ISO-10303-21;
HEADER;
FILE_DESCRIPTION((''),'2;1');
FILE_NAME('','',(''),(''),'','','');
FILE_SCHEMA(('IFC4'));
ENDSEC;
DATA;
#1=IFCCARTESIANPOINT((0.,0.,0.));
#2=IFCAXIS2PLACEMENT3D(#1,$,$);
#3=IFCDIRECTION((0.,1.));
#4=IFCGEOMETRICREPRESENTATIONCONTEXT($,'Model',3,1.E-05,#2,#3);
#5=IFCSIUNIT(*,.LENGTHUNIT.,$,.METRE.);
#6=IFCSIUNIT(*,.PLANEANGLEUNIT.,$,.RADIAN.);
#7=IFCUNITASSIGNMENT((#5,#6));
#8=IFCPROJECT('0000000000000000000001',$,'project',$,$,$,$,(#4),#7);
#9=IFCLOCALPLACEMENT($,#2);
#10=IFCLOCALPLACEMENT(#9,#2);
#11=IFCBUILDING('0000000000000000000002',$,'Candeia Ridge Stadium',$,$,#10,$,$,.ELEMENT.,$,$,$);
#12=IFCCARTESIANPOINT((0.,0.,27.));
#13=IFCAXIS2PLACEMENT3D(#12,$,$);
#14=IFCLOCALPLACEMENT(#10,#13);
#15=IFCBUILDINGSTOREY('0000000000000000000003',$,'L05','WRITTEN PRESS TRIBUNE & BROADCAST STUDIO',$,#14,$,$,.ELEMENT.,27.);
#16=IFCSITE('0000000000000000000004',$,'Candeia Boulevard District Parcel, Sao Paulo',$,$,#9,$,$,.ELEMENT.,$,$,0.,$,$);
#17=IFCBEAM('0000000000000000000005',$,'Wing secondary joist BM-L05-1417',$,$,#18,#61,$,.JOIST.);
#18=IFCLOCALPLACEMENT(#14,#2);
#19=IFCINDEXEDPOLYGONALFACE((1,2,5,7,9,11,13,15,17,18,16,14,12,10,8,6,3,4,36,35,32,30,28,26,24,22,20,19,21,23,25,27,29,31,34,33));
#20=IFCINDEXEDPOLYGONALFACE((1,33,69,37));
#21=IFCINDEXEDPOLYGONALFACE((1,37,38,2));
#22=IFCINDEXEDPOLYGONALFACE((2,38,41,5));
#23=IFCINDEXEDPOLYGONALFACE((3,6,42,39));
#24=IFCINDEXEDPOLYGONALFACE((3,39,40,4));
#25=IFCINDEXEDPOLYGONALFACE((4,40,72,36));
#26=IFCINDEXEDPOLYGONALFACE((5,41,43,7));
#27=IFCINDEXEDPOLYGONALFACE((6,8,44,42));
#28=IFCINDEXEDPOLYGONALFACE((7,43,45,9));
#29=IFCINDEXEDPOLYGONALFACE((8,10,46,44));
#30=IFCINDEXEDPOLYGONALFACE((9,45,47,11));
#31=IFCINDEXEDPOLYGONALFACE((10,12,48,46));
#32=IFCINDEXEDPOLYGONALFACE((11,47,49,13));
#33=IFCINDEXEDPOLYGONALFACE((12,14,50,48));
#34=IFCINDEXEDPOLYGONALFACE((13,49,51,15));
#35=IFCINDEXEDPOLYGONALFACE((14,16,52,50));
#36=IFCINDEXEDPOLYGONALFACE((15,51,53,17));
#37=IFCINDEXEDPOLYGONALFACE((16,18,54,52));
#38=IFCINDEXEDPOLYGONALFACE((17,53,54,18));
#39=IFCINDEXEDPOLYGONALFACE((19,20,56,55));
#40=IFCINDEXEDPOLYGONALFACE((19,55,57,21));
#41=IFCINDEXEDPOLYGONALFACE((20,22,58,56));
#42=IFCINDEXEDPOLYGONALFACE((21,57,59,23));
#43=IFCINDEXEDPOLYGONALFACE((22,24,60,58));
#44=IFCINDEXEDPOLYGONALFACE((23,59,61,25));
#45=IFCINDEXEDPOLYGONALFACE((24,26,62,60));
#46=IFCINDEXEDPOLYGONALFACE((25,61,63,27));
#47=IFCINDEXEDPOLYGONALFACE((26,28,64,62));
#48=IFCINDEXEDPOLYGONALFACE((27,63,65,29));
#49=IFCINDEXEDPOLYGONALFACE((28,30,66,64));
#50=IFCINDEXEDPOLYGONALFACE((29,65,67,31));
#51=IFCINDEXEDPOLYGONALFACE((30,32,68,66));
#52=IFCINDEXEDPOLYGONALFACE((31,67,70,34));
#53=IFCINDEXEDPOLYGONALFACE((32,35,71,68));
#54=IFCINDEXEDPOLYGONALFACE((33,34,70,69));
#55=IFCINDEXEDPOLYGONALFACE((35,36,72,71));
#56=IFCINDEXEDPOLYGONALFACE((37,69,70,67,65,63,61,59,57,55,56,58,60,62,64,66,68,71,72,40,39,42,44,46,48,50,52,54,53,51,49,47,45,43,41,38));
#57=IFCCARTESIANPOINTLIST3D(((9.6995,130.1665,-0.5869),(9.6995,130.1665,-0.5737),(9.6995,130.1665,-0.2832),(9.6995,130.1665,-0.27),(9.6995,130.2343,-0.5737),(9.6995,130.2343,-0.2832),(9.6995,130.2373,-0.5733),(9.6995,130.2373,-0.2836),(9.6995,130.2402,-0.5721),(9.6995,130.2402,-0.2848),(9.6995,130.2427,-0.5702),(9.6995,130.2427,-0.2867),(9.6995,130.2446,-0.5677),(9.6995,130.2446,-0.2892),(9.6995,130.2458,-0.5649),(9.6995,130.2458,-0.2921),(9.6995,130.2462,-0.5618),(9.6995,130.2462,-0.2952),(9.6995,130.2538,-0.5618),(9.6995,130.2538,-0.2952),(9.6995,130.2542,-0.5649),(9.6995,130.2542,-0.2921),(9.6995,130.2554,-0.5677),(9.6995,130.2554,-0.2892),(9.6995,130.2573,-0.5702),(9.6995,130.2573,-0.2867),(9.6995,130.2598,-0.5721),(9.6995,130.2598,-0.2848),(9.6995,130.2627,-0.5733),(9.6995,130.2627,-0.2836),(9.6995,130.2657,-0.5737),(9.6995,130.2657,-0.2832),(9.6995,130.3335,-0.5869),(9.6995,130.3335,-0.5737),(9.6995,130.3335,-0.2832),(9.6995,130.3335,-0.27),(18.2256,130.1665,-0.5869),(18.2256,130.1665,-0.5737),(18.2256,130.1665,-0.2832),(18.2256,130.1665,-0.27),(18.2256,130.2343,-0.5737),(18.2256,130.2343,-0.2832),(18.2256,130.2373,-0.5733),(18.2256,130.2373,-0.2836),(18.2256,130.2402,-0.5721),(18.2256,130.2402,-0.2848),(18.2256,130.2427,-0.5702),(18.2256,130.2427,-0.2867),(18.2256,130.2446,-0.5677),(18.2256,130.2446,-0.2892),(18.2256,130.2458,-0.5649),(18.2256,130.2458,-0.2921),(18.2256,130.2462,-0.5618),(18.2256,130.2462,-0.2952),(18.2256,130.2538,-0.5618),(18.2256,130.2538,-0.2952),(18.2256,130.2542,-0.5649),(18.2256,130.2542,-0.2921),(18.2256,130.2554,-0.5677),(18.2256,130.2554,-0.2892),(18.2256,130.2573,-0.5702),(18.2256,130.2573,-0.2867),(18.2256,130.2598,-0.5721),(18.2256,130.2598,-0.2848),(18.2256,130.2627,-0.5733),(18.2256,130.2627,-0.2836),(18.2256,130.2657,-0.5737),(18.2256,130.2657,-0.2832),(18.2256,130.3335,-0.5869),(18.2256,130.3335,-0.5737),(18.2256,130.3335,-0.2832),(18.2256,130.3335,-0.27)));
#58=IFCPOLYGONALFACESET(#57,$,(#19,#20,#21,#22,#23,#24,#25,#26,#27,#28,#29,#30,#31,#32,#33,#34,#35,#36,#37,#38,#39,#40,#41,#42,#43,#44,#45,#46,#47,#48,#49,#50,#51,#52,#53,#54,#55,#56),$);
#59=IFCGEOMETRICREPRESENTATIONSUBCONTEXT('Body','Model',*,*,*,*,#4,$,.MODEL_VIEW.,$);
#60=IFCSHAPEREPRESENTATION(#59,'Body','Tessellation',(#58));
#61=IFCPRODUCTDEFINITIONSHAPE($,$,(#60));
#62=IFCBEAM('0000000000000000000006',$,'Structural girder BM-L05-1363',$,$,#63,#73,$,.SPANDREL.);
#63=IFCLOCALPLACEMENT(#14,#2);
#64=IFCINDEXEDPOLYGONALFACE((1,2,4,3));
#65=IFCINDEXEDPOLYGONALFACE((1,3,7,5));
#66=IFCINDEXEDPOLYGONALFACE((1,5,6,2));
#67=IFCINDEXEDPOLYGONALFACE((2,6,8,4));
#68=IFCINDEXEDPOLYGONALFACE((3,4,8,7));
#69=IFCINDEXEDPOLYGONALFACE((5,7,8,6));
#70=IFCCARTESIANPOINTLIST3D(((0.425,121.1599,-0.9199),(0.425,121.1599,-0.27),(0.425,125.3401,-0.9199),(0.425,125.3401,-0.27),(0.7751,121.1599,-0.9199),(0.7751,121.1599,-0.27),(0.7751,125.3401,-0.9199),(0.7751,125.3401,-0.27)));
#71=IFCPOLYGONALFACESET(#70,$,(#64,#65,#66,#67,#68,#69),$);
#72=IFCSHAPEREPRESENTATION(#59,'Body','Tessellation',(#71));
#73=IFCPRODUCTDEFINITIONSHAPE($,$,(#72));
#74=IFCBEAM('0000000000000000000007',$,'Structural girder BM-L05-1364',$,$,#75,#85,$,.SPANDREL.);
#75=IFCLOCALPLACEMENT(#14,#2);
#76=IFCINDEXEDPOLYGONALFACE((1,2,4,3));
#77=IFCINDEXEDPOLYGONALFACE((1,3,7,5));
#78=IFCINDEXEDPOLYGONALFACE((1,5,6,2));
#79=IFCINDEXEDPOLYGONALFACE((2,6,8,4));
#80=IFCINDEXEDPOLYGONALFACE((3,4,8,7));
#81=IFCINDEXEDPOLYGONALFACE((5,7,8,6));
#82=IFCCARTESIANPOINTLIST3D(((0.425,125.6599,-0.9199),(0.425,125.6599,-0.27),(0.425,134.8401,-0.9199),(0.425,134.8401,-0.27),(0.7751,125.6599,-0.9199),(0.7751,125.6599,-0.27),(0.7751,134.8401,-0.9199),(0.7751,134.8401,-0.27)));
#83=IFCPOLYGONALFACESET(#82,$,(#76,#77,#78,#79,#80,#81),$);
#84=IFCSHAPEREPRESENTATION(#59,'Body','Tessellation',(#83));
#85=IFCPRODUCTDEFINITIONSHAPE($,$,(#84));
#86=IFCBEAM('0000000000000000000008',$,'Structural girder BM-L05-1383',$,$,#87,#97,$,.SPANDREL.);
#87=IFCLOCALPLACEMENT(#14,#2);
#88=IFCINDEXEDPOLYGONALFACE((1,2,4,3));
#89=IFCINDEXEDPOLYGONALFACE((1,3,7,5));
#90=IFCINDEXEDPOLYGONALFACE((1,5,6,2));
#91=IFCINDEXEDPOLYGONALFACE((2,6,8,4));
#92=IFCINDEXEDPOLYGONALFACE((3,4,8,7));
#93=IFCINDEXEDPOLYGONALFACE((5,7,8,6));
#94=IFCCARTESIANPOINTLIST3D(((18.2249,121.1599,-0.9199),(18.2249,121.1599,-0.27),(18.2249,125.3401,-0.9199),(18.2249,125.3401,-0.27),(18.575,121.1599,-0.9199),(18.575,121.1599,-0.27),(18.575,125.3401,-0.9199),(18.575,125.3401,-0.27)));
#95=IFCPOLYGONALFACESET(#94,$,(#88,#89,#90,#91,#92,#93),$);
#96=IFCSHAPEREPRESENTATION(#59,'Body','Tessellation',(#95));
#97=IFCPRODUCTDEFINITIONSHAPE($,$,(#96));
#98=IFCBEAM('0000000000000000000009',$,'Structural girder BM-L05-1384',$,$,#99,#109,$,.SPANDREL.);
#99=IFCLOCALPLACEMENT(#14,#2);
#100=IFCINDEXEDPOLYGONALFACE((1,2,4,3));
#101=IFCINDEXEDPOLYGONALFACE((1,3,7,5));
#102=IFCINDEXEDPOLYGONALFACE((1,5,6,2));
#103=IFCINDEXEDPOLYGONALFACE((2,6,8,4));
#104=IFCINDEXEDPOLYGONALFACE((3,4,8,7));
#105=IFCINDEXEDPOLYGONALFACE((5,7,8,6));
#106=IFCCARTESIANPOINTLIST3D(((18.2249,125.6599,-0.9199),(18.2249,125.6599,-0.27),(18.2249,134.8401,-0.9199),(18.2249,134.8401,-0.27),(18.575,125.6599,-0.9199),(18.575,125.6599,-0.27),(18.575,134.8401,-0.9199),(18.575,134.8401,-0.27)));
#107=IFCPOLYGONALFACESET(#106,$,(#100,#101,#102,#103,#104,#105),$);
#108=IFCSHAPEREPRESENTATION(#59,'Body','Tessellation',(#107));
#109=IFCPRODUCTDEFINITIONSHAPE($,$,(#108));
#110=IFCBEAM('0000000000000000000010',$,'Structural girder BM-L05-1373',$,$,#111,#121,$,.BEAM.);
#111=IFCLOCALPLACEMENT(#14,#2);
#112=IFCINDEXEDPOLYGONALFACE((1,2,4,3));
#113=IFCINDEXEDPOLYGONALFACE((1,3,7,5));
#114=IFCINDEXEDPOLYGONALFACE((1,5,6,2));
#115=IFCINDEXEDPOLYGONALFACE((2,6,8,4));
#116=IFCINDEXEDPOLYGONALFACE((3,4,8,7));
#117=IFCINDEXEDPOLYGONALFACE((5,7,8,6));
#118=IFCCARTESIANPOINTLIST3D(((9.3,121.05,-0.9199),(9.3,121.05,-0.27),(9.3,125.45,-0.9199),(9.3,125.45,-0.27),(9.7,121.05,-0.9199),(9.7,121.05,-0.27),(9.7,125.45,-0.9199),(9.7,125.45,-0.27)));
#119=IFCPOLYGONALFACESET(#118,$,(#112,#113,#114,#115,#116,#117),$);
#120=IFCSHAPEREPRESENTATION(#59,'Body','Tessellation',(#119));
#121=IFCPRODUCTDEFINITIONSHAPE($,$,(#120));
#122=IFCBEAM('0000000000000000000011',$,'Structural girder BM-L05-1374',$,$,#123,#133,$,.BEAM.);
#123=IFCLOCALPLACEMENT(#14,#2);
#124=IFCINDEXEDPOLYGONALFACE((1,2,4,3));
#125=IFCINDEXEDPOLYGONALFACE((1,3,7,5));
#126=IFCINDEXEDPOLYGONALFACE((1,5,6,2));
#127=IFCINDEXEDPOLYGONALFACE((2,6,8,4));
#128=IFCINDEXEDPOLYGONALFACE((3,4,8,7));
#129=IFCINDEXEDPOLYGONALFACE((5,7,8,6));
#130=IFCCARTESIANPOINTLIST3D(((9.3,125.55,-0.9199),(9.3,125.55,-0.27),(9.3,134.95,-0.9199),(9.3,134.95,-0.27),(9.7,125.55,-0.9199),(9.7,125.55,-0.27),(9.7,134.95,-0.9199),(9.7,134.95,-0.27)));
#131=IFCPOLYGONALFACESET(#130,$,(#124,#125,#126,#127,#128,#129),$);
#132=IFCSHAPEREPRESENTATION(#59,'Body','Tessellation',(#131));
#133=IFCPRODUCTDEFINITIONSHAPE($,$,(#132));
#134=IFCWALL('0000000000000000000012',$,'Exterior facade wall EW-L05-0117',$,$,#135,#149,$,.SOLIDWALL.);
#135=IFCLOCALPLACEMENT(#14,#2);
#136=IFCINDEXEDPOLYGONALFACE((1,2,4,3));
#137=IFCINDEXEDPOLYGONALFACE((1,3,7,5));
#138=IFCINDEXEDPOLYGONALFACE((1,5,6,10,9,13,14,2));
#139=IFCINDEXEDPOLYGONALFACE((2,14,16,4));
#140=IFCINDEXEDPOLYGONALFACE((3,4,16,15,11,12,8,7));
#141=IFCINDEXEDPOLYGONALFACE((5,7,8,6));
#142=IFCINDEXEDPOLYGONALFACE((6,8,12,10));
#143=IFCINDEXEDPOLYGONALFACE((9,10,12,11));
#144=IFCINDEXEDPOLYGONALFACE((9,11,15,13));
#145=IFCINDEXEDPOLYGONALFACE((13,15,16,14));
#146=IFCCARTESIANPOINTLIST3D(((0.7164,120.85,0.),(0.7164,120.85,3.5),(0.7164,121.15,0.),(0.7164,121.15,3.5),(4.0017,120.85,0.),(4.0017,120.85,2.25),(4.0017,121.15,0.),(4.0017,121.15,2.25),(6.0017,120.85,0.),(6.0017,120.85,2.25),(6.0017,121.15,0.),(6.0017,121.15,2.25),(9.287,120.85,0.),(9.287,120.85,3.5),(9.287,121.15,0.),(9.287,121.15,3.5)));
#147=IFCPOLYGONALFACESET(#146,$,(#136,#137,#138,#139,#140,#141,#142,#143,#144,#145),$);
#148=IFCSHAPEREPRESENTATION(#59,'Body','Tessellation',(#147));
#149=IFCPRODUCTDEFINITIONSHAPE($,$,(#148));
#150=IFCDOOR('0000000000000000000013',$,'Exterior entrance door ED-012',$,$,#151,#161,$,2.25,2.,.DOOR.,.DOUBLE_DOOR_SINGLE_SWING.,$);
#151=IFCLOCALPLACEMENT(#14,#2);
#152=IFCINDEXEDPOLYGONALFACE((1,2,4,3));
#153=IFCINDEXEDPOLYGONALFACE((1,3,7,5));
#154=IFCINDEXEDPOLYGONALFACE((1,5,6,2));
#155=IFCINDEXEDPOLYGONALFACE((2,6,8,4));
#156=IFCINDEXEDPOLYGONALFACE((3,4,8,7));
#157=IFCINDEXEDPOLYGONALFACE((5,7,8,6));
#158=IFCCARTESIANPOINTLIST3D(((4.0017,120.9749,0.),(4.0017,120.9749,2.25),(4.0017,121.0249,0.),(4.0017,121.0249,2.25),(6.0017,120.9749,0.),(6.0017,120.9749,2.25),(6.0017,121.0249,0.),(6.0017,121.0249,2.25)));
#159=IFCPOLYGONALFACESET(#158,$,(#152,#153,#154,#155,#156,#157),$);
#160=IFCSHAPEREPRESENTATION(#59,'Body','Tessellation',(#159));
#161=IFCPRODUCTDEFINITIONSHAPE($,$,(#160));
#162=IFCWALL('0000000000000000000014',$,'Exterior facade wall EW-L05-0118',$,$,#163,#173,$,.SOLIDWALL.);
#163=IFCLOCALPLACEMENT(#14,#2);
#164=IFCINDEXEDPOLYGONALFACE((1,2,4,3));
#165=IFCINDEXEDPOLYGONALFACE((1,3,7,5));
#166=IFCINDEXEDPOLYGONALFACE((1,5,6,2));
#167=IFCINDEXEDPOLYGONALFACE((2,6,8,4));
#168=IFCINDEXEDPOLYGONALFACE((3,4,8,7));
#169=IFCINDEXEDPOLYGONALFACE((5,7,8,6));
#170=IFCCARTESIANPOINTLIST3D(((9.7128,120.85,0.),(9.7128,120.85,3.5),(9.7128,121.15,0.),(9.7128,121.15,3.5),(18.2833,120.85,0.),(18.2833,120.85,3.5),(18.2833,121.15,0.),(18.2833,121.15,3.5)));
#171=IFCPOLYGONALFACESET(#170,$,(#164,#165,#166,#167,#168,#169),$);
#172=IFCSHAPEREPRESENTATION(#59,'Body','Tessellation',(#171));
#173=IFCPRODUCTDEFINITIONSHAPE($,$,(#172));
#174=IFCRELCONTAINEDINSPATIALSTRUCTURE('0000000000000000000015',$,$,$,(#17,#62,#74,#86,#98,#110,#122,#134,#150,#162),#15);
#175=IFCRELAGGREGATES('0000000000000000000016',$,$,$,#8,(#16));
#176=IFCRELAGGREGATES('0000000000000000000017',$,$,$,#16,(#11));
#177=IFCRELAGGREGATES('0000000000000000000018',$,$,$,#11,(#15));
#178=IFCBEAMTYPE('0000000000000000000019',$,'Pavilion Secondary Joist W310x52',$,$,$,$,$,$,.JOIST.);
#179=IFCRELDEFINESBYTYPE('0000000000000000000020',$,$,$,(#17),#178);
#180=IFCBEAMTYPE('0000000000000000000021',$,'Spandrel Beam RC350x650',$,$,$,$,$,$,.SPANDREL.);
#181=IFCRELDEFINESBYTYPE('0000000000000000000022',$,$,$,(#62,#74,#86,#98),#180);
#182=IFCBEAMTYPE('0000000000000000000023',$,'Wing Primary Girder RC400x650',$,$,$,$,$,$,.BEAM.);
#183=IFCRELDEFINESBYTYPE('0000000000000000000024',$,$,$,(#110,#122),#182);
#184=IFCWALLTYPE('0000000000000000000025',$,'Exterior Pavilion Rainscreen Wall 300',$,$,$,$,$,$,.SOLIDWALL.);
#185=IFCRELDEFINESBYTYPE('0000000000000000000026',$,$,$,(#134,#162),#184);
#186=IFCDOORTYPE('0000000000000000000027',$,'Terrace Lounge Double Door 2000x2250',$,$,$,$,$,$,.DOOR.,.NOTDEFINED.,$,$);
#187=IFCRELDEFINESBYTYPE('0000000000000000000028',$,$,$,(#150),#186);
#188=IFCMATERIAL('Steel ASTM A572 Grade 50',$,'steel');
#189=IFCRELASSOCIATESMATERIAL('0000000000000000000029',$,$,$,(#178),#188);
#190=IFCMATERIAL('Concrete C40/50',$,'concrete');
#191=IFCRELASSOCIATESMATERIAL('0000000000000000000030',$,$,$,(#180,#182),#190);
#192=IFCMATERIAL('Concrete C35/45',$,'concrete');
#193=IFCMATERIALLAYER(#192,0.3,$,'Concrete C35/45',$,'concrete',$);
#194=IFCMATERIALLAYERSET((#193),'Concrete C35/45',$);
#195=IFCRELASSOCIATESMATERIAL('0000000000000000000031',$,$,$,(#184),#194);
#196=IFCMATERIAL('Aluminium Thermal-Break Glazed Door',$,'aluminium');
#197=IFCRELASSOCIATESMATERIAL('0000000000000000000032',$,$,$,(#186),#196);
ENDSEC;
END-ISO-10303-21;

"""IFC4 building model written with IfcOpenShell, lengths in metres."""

from ifc_helpers import new_model, si_unit, direction, frame, frame_2d, origin, origin_2d, place, context, subcontext, project, spatial, rectangle, i_section, extrude, material, layer, layer_set, material_profile, profile_set, type_object, element, fill, save


model = new_model("IFC4")

# Units and contexts
model_context = context("Model", 3, precision=1e-05, world=origin(), true_north=direction((0.0, 1.0)))
body_context = subcontext(model_context, "Body", "Model", "MODEL_VIEW")
ifc_project = project(units=[si_unit("LENGTHUNIT", "METRE"), si_unit("PLANEANGLEUNIT", "RADIAN")], contexts=[model_context])

# Site, building, storey
site_placement = place(None, origin())
site = spatial("IfcSite", under=ifc_project, at=site_placement, Name="Candeia Boulevard District Parcel, Sao Paulo", CompositionType="ELEMENT", RefElevation=0.0)
building_placement = place(site_placement, origin())
building = spatial("IfcBuilding", under=site, at=building_placement, Name="Candeia Ridge Stadium", CompositionType="ELEMENT")
storey_placement = place(building_placement, frame((0.0, 0.0, 27.0)))
storey = spatial("IfcBuildingStorey", under=building, at=storey_placement, Name="L05", Description="WRITTEN PRESS TRIBUNE & BROADCAST STUDIO", CompositionType="ELEMENT", Elevation=27.0)

# Shared definitions
ifc_material_1 = material(Name="Steel ASTM A572 Grade 50", Category="steel")
ifc_material_2 = material(Name="Concrete C40/50", Category="concrete")

# Beams
ifc_material_profile_1 = material_profile(ifc_material_1, i_section(OverallWidth=0.167, OverallDepth=0.3169, WebThickness=0.0076, FlangeThickness=0.0132, FilletRadius=0.012, at=origin_2d()), Name="W310x52", Category="steel")
ifc_profile_set_1 = profile_set([ifc_material_profile_1], Name="Steel ASTM A572 Grade 50")
beam_type_1 = type_object("IfcBeamType", Name="Pavilion Secondary Joist W310x52", PredefinedType="JOIST", material=ifc_profile_set_1)
for number, where, z_axis, x_axis, name in (
    (1, (9.6995, 130.25, -0.4285), (1.0, 0.0, 0.0), (0.0, 1.0, 0.0), "Wing secondary joist BM-L05-1417"),
):
    element("IfcBeam", number, at=place(storey_placement, frame(where, z_axis=z_axis, x_axis=x_axis)), inside=storey, type_object=beam_type_1, Name=name, PredefinedType="JOIST", context=body_context, shape_type="SweptSolid", body=[
        extrude(i_section(OverallWidth=0.167, OverallDepth=0.3169, WebThickness=0.0076, FlangeThickness=0.0132, FilletRadius=0.012, at=origin_2d()), origin(), (0.0, 0.0, 1.0), 8.5261),
    ])
ifc_material_profile_2 = material_profile(ifc_material_2, rectangle(XDim=0.3501, YDim=0.6499, at=origin_2d()), Name="RC350x650", Category="concrete")
ifc_profile_set_2 = profile_set([ifc_material_profile_2], Name="Concrete C40/50")
beam_type_2 = type_object("IfcBeamType", Name="Spandrel Beam RC350x650", PredefinedType="SPANDREL", material=ifc_profile_set_2)
beam_1_placement = place(storey_placement, frame((0.6001, 121.1599, -0.595), z_axis=(0.0, 1.0, 0.0), x_axis=(-1.0, 0.0, 0.0)))
element("IfcBeam", 2, at=beam_1_placement, inside=storey, type_object=beam_type_2, Name="Structural girder BM-L05-1363", PredefinedType="SPANDREL", context=body_context, shape_type="SweptSolid", body=[
    extrude(rectangle(XDim=0.3501, YDim=0.6499, at=origin_2d()), origin(), (0.0, 0.0, 1.0), 4.1802),
])
beam_2_placement = place(storey_placement, frame((0.6001, 125.6599, -0.595), z_axis=(0.0, 1.0, 0.0), x_axis=(-1.0, 0.0, 0.0)))
element("IfcBeam", 3, at=beam_2_placement, inside=storey, type_object=beam_type_2, Name="Structural girder BM-L05-1364", PredefinedType="SPANDREL", context=body_context, shape_type="SweptSolid", body=[
    extrude(rectangle(XDim=0.3501, YDim=0.6499, at=origin_2d()), origin(), (0.0, 0.0, 1.0), 9.1802),
])
beam_3_placement = place(storey_placement, frame((18.3999, 121.1599, -0.595), z_axis=(0.0, 1.0, 0.0), x_axis=(-1.0, 0.0, 0.0)))
element("IfcBeam", 4, at=beam_3_placement, inside=storey, type_object=beam_type_2, Name="Structural girder BM-L05-1383", PredefinedType="SPANDREL", context=body_context, shape_type="SweptSolid", body=[
    extrude(rectangle(XDim=0.3501, YDim=0.6499, at=origin_2d()), origin(), (0.0, 0.0, 1.0), 4.1802),
])
beam_4_placement = place(storey_placement, frame((18.3999, 125.6599, -0.595), z_axis=(0.0, 1.0, 0.0), x_axis=(-1.0, 0.0, 0.0)))
element("IfcBeam", 5, at=beam_4_placement, inside=storey, type_object=beam_type_2, Name="Structural girder BM-L05-1384", PredefinedType="SPANDREL", context=body_context, shape_type="SweptSolid", body=[
    extrude(rectangle(XDim=0.3501, YDim=0.6499, at=origin_2d()), origin(), (0.0, 0.0, 1.0), 9.1802),
])
ifc_material_profile_3 = material_profile(ifc_material_2, rectangle(XDim=0.3999, YDim=0.6499, at=origin_2d()), Name="RC400x650", Category="concrete")
ifc_profile_set_3 = profile_set([ifc_material_profile_3], Name="Concrete C40/50")
beam_type_3 = type_object("IfcBeamType", Name="Wing Primary Girder RC400x650", PredefinedType="BEAM", material=ifc_profile_set_3)
beam_5_placement = place(storey_placement, frame((9.5, 121.05, -0.595), z_axis=(0.0, 1.0, 0.0), x_axis=(-1.0, 0.0, 0.0)))
element("IfcBeam", 6, at=beam_5_placement, inside=storey, type_object=beam_type_3, Name="Structural girder BM-L05-1373", PredefinedType="BEAM", context=body_context, shape_type="SweptSolid", body=[
    extrude(rectangle(XDim=0.3999, YDim=0.6499, at=origin_2d()), origin(), (0.0, 0.0, 1.0), 4.3999),
])
beam_6_placement = place(storey_placement, frame((9.5, 125.55, -0.595), z_axis=(0.0, 1.0, 0.0), x_axis=(-1.0, 0.0, 0.0)))
element("IfcBeam", 7, at=beam_6_placement, inside=storey, type_object=beam_type_3, Name="Structural girder BM-L05-1374", PredefinedType="BEAM", context=body_context, shape_type="SweptSolid", body=[
    extrude(rectangle(XDim=0.3999, YDim=0.6499, at=origin_2d()), origin(), (0.0, 0.0, 1.0), 9.3999),
])

# Wall, opening, door
ifc_material_3 = material(Name="Concrete C35/45", Category="concrete")
ifc_layer_1 = layer(ifc_material_3, 0.3, Name="Concrete C35/45", Category="concrete")
ifc_layer_set_1 = layer_set([ifc_layer_1], Name="Concrete C35/45")
wall_type_1 = type_object("IfcWallType", Name="Exterior Pavilion Rainscreen Wall 300", PredefinedType="SOLIDWALL", material=ifc_layer_set_1)
wall_1_placement = place(storey_placement, frame((0.7166, 121.0, 0.0), z_axis=(0.0, 0.0, 1.0), x_axis=(1.0, 0.0, 0.0)))
wall_1 = element("IfcWall", 8, at=wall_1_placement, inside=storey, type_object=wall_type_1, Name="Exterior facade wall EW-L05-0117", PredefinedType="SOLIDWALL", context=body_context, shape_type="SweptSolid", body=[
    extrude(rectangle(XDim=8.5706, YDim=0.3, at=frame_2d((4.2852, 0.0))), origin(), (0.0, 0.0, 1.0), 3.5),
])
opening_1_placement = place(wall_1_placement, frame((3.2852, 0.0, 0.0)))
opening_1 = element("IfcOpeningElement", 9, at=opening_1_placement, cuts=wall_1, PredefinedType="OPENING", context=body_context, shape_type="SweptSolid", body=[
    extrude(rectangle(XDim=2.0, YDim=2.25, at=frame_2d((1.0, 1.125))), frame((0.0, 0.1599, 0.0), z_axis=(0.0, -1.0, 0.0), x_axis=(1.0, 0.0, 0.0)), (0.0, 0.0, 1.0), 0.3201),
])
ifc_material_4 = material(Name="Aluminium Thermal-Break Glazed Door", Category="aluminium")
door_type_1 = type_object("IfcDoorType", Name="Terrace Lounge Double Door 2000x2250", OperationType="NOTDEFINED", PredefinedType="DOOR", material=ifc_material_4)
door_1_placement = place(opening_1_placement, origin())
door_1 = element("IfcDoor", 10, at=door_1_placement, inside=storey, type_object=door_type_1, Name="Exterior entrance door ED-012", OperationType="DOUBLE_DOOR_SINGLE_SWING", OverallHeight=2.25, OverallWidth=2.0, PredefinedType="DOOR", context=body_context, shape_type="SweptSolid", body=[
    extrude(rectangle(XDim=2.0, YDim=2.25, at=frame_2d((1.0, 1.125))), frame((0.0, 0.0249, 0.0), z_axis=(0.0, -1.0, 0.0), x_axis=(1.0, 0.0, 0.0)), (0.0, 0.0, 1.0), 0.05),
])
fill(opening_1, door_1)

# Wall
wall_2_placement = place(storey_placement, frame((9.7129, 121.0, 0.0), z_axis=(0.0, 0.0, 1.0), x_axis=(1.0, 0.0, 0.0)))
element("IfcWall", 11, at=wall_2_placement, inside=storey, type_object=wall_type_1, Name="Exterior facade wall EW-L05-0118", PredefinedType="SOLIDWALL", context=body_context, shape_type="SweptSolid", body=[
    extrude(rectangle(XDim=8.5706, YDim=0.3, at=frame_2d((4.2852, 0.0))), origin(), (0.0, 0.0, 1.0), 3.5),
])

save(model, "model.ifc")
